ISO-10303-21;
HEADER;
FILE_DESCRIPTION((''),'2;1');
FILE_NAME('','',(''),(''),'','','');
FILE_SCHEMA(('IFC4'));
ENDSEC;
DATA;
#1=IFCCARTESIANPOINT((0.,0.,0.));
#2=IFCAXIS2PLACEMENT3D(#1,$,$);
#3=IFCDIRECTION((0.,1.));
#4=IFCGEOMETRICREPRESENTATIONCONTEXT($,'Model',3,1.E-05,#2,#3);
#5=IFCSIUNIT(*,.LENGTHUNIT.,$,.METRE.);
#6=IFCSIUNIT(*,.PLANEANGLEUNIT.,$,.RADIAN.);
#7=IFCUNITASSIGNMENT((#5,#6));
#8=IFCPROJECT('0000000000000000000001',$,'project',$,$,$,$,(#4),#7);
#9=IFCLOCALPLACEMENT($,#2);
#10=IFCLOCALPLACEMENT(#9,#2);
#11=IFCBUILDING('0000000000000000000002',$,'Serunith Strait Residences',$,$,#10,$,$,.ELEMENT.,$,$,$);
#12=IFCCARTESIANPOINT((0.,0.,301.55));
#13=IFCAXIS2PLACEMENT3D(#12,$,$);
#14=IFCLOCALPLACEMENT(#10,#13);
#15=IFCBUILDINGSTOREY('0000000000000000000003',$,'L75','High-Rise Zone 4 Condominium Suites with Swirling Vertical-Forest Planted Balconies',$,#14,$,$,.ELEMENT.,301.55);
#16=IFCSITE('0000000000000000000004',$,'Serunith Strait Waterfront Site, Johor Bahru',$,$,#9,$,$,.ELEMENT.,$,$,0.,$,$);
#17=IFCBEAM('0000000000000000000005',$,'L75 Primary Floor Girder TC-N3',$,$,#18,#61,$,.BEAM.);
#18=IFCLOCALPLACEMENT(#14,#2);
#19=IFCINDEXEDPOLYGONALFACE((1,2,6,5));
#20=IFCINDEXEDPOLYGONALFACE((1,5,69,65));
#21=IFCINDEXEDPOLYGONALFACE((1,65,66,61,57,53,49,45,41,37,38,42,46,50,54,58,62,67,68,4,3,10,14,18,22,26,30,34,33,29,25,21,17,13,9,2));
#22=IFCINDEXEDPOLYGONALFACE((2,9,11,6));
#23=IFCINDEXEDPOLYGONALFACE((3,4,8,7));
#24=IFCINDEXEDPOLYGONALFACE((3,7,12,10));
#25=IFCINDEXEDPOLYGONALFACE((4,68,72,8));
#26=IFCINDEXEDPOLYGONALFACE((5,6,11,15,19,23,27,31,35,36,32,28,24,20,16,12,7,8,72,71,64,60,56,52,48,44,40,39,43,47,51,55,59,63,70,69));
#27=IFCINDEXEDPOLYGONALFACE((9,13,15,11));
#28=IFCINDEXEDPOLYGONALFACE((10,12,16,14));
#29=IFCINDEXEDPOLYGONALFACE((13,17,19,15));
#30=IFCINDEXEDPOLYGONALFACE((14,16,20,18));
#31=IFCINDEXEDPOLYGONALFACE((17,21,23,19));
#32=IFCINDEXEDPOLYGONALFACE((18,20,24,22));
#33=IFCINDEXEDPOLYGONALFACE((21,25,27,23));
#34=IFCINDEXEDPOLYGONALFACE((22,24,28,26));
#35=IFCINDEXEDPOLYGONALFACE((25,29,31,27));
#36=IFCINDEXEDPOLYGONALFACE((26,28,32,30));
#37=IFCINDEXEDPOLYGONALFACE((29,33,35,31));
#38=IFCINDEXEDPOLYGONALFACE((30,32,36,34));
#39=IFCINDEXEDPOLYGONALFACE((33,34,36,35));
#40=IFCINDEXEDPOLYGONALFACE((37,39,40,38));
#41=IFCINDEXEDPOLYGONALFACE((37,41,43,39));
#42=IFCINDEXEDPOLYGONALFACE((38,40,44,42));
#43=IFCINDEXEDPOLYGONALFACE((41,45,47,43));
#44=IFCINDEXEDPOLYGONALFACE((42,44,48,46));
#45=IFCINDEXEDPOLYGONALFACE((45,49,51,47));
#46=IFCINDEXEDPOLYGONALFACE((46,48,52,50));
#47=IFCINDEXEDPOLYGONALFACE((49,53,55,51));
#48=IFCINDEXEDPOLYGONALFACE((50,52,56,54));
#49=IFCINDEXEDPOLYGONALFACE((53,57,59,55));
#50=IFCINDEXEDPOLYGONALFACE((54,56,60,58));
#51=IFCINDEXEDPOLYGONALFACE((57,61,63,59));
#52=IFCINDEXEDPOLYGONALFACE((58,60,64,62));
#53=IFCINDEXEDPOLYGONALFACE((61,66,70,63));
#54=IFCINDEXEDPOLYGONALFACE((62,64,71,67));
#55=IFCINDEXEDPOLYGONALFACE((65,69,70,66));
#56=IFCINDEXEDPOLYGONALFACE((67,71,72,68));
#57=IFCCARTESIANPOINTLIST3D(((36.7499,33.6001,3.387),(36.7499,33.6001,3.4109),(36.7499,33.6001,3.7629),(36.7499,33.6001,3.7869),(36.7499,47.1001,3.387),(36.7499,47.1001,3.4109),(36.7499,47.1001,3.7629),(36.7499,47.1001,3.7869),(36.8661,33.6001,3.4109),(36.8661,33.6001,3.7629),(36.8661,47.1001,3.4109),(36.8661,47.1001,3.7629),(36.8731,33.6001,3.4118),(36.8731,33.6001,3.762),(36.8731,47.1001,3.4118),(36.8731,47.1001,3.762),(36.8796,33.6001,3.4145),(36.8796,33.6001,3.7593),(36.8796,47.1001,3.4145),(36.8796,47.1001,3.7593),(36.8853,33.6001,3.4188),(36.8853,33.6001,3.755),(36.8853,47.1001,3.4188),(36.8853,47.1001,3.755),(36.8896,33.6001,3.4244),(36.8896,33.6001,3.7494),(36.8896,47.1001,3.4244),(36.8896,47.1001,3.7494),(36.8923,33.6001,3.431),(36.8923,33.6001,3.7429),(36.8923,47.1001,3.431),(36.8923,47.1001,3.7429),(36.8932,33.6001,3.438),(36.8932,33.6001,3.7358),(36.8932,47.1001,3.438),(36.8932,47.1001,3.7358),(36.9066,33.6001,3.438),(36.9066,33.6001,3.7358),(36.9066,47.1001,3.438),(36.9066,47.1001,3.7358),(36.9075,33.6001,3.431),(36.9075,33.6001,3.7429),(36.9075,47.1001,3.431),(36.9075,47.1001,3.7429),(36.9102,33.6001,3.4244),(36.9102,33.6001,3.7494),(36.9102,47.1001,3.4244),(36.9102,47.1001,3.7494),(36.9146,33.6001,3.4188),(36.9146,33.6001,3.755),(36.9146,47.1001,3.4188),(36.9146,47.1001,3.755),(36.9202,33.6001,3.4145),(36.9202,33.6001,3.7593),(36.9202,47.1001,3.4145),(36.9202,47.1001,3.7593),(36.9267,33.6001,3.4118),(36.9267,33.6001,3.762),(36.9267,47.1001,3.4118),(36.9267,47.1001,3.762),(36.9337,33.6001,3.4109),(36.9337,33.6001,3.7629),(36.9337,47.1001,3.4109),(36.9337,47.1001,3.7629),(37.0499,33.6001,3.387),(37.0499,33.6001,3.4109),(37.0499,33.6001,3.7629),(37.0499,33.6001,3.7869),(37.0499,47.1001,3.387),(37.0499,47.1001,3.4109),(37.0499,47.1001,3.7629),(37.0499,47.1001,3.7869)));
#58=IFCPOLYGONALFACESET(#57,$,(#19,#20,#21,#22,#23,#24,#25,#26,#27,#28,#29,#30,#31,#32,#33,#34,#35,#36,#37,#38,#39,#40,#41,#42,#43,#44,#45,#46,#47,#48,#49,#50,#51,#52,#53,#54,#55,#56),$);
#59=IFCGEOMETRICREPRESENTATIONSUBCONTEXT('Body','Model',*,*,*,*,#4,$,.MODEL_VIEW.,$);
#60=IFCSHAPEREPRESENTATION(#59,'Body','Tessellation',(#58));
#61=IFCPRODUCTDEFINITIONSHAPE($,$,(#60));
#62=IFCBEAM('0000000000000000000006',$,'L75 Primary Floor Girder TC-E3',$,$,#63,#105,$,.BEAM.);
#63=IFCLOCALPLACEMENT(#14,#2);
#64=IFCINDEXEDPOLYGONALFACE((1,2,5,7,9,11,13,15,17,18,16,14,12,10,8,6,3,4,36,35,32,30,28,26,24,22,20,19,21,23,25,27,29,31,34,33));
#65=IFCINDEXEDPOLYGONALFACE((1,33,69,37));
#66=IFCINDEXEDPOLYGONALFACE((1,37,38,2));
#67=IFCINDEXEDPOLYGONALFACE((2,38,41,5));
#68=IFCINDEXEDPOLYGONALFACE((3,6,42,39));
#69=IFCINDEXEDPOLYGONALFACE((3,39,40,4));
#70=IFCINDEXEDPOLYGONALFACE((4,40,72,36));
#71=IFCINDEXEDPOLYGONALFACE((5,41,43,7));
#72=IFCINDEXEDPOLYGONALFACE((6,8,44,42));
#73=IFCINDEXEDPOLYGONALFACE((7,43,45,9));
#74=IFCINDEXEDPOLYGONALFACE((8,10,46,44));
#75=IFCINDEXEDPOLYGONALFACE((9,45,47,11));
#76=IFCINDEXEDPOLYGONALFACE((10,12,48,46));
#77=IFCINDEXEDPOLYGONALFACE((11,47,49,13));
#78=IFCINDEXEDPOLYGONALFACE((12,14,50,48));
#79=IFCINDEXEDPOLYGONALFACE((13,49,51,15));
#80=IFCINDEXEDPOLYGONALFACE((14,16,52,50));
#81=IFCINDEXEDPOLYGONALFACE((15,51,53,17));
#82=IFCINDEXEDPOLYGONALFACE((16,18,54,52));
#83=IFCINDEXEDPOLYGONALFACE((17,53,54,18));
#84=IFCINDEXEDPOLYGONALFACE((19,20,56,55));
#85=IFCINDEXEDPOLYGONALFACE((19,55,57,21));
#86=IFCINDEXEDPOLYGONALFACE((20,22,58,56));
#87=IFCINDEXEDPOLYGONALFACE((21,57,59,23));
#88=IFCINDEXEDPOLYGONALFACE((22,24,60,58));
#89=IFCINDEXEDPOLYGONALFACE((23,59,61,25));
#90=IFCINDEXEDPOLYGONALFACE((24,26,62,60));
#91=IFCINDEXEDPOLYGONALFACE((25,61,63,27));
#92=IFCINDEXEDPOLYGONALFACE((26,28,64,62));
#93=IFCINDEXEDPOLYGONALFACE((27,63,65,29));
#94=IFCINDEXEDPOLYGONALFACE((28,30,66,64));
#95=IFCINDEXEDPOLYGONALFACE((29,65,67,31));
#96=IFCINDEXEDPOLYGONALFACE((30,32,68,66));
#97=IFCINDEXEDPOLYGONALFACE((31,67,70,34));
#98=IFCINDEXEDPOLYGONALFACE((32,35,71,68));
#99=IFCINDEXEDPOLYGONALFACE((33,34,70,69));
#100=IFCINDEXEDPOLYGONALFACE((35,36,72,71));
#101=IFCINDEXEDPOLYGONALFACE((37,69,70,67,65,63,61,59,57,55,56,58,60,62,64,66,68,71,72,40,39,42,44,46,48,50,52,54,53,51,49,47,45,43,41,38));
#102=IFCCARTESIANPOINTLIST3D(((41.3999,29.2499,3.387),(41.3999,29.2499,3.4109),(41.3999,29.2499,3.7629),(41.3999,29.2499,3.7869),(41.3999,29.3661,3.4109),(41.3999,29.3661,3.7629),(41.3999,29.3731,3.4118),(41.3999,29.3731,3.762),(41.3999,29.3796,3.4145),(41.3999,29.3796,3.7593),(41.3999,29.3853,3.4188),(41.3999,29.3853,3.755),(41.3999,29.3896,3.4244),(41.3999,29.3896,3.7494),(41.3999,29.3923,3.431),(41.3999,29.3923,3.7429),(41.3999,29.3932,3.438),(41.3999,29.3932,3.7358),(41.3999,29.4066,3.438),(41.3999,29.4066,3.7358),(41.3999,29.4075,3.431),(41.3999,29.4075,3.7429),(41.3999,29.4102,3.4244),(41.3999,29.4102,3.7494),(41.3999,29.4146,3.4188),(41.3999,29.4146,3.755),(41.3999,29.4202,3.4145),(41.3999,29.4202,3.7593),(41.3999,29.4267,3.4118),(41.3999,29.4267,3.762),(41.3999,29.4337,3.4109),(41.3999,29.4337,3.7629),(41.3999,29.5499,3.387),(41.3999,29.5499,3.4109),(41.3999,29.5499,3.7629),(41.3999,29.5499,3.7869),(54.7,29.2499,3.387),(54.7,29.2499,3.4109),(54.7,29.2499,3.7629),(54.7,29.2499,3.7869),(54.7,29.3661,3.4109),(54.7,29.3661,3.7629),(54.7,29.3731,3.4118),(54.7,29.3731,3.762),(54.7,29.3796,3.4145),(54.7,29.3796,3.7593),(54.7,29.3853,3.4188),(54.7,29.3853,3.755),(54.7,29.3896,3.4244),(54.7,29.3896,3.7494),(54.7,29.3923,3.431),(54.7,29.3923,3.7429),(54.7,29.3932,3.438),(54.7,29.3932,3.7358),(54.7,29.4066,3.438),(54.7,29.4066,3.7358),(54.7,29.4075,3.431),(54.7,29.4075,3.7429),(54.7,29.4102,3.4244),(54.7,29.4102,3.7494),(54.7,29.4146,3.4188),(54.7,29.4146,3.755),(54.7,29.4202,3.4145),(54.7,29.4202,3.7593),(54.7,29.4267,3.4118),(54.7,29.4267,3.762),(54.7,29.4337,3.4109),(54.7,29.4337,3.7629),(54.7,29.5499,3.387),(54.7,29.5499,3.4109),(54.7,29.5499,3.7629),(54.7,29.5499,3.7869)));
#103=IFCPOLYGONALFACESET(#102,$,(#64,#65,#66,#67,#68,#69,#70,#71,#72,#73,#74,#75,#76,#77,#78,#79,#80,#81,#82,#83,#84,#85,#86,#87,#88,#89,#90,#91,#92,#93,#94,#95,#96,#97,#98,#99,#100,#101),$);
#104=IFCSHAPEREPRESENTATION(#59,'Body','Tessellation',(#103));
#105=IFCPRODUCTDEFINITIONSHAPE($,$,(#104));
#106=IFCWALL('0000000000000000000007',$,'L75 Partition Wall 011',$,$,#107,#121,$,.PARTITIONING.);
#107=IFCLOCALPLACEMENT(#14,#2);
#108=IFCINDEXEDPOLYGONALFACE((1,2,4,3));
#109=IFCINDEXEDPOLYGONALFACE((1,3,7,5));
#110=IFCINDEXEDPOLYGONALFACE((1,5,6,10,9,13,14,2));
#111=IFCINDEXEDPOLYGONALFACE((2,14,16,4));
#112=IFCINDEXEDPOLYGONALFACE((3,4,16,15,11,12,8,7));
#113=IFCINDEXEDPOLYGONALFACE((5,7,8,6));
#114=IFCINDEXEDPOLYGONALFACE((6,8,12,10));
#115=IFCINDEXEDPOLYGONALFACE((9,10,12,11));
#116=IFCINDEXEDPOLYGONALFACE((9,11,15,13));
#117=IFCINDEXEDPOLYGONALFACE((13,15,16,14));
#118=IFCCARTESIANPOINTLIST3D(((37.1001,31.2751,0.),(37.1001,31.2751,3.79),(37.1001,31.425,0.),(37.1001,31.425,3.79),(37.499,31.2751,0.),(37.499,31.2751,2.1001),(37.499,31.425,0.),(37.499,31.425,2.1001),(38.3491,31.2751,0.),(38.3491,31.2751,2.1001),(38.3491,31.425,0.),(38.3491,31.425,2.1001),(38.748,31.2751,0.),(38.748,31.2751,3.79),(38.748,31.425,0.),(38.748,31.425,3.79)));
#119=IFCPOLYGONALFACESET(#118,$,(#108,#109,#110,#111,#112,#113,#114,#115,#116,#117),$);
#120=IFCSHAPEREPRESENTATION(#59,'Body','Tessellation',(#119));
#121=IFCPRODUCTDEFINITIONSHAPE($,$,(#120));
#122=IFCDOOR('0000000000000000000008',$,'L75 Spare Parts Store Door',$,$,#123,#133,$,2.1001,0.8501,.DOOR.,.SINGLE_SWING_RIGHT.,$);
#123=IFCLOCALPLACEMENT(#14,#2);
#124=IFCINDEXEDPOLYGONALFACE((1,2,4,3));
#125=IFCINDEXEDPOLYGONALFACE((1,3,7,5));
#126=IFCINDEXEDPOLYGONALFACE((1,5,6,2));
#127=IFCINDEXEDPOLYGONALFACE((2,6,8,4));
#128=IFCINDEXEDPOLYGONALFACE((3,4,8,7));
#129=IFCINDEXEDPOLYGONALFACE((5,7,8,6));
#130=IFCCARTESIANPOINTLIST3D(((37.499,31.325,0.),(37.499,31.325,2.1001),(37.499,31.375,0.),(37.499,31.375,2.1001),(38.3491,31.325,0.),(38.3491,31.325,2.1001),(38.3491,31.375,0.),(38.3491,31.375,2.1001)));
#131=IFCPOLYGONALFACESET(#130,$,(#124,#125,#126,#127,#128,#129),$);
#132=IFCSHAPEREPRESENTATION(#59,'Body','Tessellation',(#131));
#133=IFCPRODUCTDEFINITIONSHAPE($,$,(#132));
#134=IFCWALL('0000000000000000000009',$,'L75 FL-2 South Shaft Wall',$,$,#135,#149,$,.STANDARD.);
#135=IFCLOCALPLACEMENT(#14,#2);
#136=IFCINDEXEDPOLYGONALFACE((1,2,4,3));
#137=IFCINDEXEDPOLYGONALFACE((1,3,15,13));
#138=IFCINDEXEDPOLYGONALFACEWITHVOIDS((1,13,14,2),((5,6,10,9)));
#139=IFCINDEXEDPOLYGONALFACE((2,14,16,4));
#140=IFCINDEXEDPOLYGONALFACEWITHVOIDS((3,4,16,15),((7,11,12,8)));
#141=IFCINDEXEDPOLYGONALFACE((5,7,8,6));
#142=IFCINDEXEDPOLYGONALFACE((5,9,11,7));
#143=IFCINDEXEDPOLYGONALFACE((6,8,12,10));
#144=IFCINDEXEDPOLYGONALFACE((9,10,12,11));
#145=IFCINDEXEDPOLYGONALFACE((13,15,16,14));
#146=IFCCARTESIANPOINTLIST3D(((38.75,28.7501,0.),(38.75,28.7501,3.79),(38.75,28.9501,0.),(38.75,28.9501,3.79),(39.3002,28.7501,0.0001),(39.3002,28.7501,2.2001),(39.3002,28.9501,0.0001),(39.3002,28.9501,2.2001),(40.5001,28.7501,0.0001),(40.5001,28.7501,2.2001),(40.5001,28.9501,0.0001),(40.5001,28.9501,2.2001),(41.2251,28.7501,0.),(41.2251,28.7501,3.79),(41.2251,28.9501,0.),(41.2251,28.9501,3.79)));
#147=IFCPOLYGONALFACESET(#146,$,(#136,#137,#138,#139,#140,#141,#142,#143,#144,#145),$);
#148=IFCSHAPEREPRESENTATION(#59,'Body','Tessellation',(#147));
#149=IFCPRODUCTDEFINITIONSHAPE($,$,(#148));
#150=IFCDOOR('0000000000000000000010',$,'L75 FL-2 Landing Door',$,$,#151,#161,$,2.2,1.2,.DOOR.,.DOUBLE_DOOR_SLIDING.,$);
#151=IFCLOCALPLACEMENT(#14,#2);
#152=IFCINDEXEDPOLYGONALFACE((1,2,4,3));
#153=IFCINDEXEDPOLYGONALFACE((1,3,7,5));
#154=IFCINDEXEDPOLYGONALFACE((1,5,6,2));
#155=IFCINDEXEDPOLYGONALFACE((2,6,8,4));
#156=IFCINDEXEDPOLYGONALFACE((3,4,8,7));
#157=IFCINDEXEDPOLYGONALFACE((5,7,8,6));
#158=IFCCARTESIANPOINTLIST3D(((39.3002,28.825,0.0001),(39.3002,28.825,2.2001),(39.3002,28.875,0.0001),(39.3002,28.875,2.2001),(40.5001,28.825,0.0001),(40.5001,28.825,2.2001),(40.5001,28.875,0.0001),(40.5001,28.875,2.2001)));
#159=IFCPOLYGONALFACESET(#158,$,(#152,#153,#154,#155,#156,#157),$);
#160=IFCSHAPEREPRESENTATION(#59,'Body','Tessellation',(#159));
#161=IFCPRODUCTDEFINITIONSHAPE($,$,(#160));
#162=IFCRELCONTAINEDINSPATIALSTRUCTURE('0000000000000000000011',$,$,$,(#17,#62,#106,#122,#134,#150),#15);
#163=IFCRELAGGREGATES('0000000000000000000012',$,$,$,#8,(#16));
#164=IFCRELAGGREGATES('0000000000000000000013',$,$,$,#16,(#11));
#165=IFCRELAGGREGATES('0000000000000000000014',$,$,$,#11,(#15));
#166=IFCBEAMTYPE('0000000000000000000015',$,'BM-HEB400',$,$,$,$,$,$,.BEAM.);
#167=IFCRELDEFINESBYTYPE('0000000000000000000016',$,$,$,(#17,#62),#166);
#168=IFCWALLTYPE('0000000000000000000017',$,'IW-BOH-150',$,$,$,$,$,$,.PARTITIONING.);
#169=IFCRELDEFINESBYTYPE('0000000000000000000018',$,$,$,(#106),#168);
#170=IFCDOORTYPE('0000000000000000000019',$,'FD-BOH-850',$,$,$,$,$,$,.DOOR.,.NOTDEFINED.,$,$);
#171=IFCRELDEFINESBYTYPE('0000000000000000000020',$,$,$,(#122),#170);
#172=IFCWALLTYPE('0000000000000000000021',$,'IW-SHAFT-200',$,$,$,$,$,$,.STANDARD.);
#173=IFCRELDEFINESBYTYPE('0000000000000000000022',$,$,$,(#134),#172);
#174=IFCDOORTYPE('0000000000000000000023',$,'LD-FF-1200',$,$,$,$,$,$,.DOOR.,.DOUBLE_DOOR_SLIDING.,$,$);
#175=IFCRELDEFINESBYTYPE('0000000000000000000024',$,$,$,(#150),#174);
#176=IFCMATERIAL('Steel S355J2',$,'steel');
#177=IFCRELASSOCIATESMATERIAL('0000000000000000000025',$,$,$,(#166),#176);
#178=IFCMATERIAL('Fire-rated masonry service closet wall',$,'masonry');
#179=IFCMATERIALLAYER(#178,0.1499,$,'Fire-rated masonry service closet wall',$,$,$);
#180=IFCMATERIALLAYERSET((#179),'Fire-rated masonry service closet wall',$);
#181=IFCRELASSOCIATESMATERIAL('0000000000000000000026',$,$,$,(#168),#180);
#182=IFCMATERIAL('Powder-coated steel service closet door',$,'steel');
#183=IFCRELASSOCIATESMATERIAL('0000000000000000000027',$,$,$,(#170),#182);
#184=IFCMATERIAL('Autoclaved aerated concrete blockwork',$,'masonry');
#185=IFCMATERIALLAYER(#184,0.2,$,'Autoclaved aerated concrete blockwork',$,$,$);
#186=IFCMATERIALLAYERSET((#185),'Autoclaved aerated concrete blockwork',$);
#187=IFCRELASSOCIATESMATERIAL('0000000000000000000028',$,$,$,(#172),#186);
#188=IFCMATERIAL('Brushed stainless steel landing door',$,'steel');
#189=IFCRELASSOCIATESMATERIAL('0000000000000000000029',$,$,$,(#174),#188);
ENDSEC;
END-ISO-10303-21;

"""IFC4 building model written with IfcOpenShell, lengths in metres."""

from ifc_helpers import new_model, si_unit, direction, frame, frame_2d, origin, origin_2d, place, context, subcontext, project, spatial, rectangle, i_section, extrude, source, transform, mapped, material, layer, layer_set, material_profile, profile_set, type_object, element, fill, save


model = new_model("IFC4")

# Units and contexts
model_context = context("Model", 3, precision=1e-05, world=origin(), true_north=direction((0.0, 1.0)))
body_context = subcontext(model_context, "Body", "Model", "MODEL_VIEW")
ifc_project = project(units=[si_unit("LENGTHUNIT", "METRE"), si_unit("PLANEANGLEUNIT", "RADIAN")], contexts=[model_context])

# Site, building, storey
site_placement = place(None, origin())
site = spatial("IfcSite", under=ifc_project, at=site_placement, Name="Serunith Strait Waterfront Site, Johor Bahru", CompositionType="ELEMENT", RefElevation=0.0)
building_placement = place(site_placement, origin())
building = spatial("IfcBuilding", under=site, at=building_placement, Name="Serunith Strait Residences", CompositionType="ELEMENT")
storey_placement = place(building_placement, frame((0.0, 0.0, 301.55)))
storey = spatial("IfcBuildingStorey", under=building, at=storey_placement, Name="L75", Description="High-Rise Zone 4 Condominium Suites with Swirling Vertical-Forest Planted Balconies", CompositionType="ELEMENT", Elevation=301.55)

# Beams
ifc_material_1 = material(Name="Steel S355J2", Category="steel")
ifc_material_profile = material_profile(ifc_material_1, i_section(OverallWidth=0.3, OverallDepth=0.3999, WebThickness=0.0134, FlangeThickness=0.0239, FilletRadius=0.0271, at=origin_2d()), Name="HEB 400")
ifc_profile_set = profile_set([ifc_material_profile], Name="Steel S355J2")
beam_type = type_object("IfcBeamType", Name="BM-HEB400", PredefinedType="BEAM", material=ifc_profile_set)
shared_shape_1 = source(origin(), body_context, "Body", "SweptSolid", [
    extrude(i_section(OverallWidth=0.3, OverallDepth=0.3999, WebThickness=0.0134, FlangeThickness=0.0239, FilletRadius=0.0271, at=origin_2d()), origin(), (0.0, 0.0, 1.0), 13.5),
])
beam_1_placement = place(storey_placement, frame((36.8999, 33.6001, 3.5869), z_axis=(0.0, 1.0, 0.0), x_axis=(-1.0, 0.0, 0.0)))
element("IfcBeam", 1, at=beam_1_placement, inside=storey, type_object=beam_type, Name="L75 Primary Floor Girder TC-N3", PredefinedType="BEAM", context=body_context, shape_type="MappedRepresentation", body=[
    mapped(shared_shape_1, transform((0.0, 0.0, 0.0), scale=1.0)),
])
shared_shape_2 = source(origin(), body_context, "Body", "SweptSolid", [
    extrude(i_section(OverallWidth=0.3, OverallDepth=0.3999, WebThickness=0.0134, FlangeThickness=0.0239, FilletRadius=0.0271, at=origin_2d()), origin(), (0.0, 0.0, 1.0), 13.3),
])
beam_2_placement = place(storey_placement, frame((41.3999, 29.3999, 3.5869), z_axis=(1.0, 0.0, 0.0), x_axis=(0.0, 1.0, 0.0)))
element("IfcBeam", 2, at=beam_2_placement, inside=storey, type_object=beam_type, Name="L75 Primary Floor Girder TC-E3", PredefinedType="BEAM", context=body_context, shape_type="MappedRepresentation", body=[
    mapped(shared_shape_2, transform((0.0, 0.0, 0.0), scale=1.0)),
])

# Walls, openings, doors
ifc_material_2 = material(Name="Fire-rated masonry service closet wall", Category="masonry")
ifc_layer_1 = layer(ifc_material_2, 0.1499, Name="Fire-rated masonry service closet wall")
ifc_layer_set_1 = layer_set([ifc_layer_1], Name="Fire-rated masonry service closet wall")
wall_type_1 = type_object("IfcWallType", Name="IW-BOH-150", PredefinedType="PARTITIONING", material=ifc_layer_set_1)
wall_1_placement = place(storey_placement, frame((37.1001, 31.3501, 0.0), z_axis=(0.0, 0.0, 1.0), x_axis=(1.0, 0.0, 0.0)))
wall_1 = element("IfcWall", 3, at=wall_1_placement, inside=storey, type_object=wall_type_1, Name="L75 Partition Wall 011", PredefinedType="PARTITIONING", context=body_context, shape_type="SweptSolid", body=[
    extrude(rectangle(XDim=1.6479, YDim=0.1499, at=frame_2d((0.824, 0.0))), origin(), (0.0, 0.0, 1.0), 3.79),
])
opening_1_placement = place(wall_1_placement, frame((0.3989, 0.0, 0.0)))
opening_1 = element("IfcOpeningElement", 4, at=opening_1_placement, cuts=wall_1, PredefinedType="OPENING", context=body_context, shape_type="SweptSolid", body=[
    extrude(rectangle(XDim=0.8501, YDim=2.1001, at=frame_2d((0.425, 1.05))), frame((0.0, 0.085, 0.0), z_axis=(0.0, -1.0, 0.0), x_axis=(1.0, 0.0, 0.0)), (0.0, 0.0, 1.0), 0.1699),
])
ifc_material_3 = material(Name="Powder-coated steel service closet door", Category="steel")
door_type_1 = type_object("IfcDoorType", Name="FD-BOH-850", OperationType="NOTDEFINED", PredefinedType="DOOR", material=ifc_material_3)
shared_shape_3 = source(origin(), body_context, "Body", "SweptSolid", [
    extrude(rectangle(XDim=0.8501, YDim=2.1001, at=frame_2d((0.425, 1.05))), frame((0.0, 0.0249, 0.0), z_axis=(0.0, -1.0, 0.0), x_axis=(1.0, 0.0, 0.0)), (0.0, 0.0, 1.0), 0.05),
])
door_1_placement = place(opening_1_placement, origin())
door_1 = element("IfcDoor", 5, at=door_1_placement, inside=storey, type_object=door_type_1, Name="L75 Spare Parts Store Door", OperationType="SINGLE_SWING_RIGHT", OverallHeight=2.1001, OverallWidth=0.8501, PredefinedType="DOOR", context=body_context, shape_type="MappedRepresentation", body=[
    mapped(shared_shape_3, transform((0.0, 0.0, 0.0), scale=1.0)),
])
fill(opening_1, door_1)
ifc_material_4 = material(Name="Autoclaved aerated concrete blockwork", Category="masonry")
ifc_layer_2 = layer(ifc_material_4, 0.2, Name="Autoclaved aerated concrete blockwork")
ifc_layer_set_2 = layer_set([ifc_layer_2], Name="Autoclaved aerated concrete blockwork")
wall_type_2 = type_object("IfcWallType", Name="IW-SHAFT-200", PredefinedType="STANDARD", material=ifc_layer_set_2)
wall_2_placement = place(storey_placement, frame((38.75, 28.8501, 0.0), z_axis=(0.0, 0.0, 1.0), x_axis=(1.0, 0.0, 0.0)))
wall_2 = element("IfcWall", 6, at=wall_2_placement, inside=storey, type_object=wall_type_2, Name="L75 FL-2 South Shaft Wall", PredefinedType="STANDARD", context=body_context, shape_type="SweptSolid", body=[
    extrude(rectangle(XDim=2.4751, YDim=0.2, at=frame_2d((1.2375, 0.0))), origin(), (0.0, 0.0, 1.0), 3.79),
])
opening_2_placement = place(wall_2_placement, frame((0.55, 0.0, 0.0)))
opening_2 = element("IfcOpeningElement", 7, at=opening_2_placement, cuts=wall_2, PredefinedType="OPENING", context=body_context, shape_type="SweptSolid", body=[
    extrude(rectangle(XDim=1.2, YDim=2.2, at=frame_2d((0.6001, 1.1001))), frame((0.0, 0.1099, 0.0), z_axis=(0.0, -1.0, 0.0), x_axis=(1.0, 0.0, 0.0)), (0.0, 0.0, 1.0), 0.22),
])
ifc_material_5 = material(Name="Brushed stainless steel landing door", Category="steel")
door_type_2 = type_object("IfcDoorType", Name="LD-FF-1200", OperationType="DOUBLE_DOOR_SLIDING", PredefinedType="DOOR", material=ifc_material_5)
shared_shape_4 = source(origin(), body_context, "Body", "SweptSolid", [
    extrude(rectangle(XDim=1.2, YDim=2.2, at=frame_2d((0.6001, 1.1001))), frame((0.0, 0.0249, 0.0), z_axis=(0.0, -1.0, 0.0), x_axis=(1.0, 0.0, 0.0)), (0.0, 0.0, 1.0), 0.05),
])
door_2_placement = place(opening_2_placement, origin())
door_2 = element("IfcDoor", 8, at=door_2_placement, inside=storey, type_object=door_type_2, Name="L75 FL-2 Landing Door", OperationType="DOUBLE_DOOR_SLIDING", OverallHeight=2.2, OverallWidth=1.2, PredefinedType="DOOR", context=body_context, shape_type="MappedRepresentation", body=[
    mapped(shared_shape_4, transform((0.0, 0.0, 0.0), scale=1.0)),
])
fill(opening_2, door_2)

save(model, "model.ifc")
